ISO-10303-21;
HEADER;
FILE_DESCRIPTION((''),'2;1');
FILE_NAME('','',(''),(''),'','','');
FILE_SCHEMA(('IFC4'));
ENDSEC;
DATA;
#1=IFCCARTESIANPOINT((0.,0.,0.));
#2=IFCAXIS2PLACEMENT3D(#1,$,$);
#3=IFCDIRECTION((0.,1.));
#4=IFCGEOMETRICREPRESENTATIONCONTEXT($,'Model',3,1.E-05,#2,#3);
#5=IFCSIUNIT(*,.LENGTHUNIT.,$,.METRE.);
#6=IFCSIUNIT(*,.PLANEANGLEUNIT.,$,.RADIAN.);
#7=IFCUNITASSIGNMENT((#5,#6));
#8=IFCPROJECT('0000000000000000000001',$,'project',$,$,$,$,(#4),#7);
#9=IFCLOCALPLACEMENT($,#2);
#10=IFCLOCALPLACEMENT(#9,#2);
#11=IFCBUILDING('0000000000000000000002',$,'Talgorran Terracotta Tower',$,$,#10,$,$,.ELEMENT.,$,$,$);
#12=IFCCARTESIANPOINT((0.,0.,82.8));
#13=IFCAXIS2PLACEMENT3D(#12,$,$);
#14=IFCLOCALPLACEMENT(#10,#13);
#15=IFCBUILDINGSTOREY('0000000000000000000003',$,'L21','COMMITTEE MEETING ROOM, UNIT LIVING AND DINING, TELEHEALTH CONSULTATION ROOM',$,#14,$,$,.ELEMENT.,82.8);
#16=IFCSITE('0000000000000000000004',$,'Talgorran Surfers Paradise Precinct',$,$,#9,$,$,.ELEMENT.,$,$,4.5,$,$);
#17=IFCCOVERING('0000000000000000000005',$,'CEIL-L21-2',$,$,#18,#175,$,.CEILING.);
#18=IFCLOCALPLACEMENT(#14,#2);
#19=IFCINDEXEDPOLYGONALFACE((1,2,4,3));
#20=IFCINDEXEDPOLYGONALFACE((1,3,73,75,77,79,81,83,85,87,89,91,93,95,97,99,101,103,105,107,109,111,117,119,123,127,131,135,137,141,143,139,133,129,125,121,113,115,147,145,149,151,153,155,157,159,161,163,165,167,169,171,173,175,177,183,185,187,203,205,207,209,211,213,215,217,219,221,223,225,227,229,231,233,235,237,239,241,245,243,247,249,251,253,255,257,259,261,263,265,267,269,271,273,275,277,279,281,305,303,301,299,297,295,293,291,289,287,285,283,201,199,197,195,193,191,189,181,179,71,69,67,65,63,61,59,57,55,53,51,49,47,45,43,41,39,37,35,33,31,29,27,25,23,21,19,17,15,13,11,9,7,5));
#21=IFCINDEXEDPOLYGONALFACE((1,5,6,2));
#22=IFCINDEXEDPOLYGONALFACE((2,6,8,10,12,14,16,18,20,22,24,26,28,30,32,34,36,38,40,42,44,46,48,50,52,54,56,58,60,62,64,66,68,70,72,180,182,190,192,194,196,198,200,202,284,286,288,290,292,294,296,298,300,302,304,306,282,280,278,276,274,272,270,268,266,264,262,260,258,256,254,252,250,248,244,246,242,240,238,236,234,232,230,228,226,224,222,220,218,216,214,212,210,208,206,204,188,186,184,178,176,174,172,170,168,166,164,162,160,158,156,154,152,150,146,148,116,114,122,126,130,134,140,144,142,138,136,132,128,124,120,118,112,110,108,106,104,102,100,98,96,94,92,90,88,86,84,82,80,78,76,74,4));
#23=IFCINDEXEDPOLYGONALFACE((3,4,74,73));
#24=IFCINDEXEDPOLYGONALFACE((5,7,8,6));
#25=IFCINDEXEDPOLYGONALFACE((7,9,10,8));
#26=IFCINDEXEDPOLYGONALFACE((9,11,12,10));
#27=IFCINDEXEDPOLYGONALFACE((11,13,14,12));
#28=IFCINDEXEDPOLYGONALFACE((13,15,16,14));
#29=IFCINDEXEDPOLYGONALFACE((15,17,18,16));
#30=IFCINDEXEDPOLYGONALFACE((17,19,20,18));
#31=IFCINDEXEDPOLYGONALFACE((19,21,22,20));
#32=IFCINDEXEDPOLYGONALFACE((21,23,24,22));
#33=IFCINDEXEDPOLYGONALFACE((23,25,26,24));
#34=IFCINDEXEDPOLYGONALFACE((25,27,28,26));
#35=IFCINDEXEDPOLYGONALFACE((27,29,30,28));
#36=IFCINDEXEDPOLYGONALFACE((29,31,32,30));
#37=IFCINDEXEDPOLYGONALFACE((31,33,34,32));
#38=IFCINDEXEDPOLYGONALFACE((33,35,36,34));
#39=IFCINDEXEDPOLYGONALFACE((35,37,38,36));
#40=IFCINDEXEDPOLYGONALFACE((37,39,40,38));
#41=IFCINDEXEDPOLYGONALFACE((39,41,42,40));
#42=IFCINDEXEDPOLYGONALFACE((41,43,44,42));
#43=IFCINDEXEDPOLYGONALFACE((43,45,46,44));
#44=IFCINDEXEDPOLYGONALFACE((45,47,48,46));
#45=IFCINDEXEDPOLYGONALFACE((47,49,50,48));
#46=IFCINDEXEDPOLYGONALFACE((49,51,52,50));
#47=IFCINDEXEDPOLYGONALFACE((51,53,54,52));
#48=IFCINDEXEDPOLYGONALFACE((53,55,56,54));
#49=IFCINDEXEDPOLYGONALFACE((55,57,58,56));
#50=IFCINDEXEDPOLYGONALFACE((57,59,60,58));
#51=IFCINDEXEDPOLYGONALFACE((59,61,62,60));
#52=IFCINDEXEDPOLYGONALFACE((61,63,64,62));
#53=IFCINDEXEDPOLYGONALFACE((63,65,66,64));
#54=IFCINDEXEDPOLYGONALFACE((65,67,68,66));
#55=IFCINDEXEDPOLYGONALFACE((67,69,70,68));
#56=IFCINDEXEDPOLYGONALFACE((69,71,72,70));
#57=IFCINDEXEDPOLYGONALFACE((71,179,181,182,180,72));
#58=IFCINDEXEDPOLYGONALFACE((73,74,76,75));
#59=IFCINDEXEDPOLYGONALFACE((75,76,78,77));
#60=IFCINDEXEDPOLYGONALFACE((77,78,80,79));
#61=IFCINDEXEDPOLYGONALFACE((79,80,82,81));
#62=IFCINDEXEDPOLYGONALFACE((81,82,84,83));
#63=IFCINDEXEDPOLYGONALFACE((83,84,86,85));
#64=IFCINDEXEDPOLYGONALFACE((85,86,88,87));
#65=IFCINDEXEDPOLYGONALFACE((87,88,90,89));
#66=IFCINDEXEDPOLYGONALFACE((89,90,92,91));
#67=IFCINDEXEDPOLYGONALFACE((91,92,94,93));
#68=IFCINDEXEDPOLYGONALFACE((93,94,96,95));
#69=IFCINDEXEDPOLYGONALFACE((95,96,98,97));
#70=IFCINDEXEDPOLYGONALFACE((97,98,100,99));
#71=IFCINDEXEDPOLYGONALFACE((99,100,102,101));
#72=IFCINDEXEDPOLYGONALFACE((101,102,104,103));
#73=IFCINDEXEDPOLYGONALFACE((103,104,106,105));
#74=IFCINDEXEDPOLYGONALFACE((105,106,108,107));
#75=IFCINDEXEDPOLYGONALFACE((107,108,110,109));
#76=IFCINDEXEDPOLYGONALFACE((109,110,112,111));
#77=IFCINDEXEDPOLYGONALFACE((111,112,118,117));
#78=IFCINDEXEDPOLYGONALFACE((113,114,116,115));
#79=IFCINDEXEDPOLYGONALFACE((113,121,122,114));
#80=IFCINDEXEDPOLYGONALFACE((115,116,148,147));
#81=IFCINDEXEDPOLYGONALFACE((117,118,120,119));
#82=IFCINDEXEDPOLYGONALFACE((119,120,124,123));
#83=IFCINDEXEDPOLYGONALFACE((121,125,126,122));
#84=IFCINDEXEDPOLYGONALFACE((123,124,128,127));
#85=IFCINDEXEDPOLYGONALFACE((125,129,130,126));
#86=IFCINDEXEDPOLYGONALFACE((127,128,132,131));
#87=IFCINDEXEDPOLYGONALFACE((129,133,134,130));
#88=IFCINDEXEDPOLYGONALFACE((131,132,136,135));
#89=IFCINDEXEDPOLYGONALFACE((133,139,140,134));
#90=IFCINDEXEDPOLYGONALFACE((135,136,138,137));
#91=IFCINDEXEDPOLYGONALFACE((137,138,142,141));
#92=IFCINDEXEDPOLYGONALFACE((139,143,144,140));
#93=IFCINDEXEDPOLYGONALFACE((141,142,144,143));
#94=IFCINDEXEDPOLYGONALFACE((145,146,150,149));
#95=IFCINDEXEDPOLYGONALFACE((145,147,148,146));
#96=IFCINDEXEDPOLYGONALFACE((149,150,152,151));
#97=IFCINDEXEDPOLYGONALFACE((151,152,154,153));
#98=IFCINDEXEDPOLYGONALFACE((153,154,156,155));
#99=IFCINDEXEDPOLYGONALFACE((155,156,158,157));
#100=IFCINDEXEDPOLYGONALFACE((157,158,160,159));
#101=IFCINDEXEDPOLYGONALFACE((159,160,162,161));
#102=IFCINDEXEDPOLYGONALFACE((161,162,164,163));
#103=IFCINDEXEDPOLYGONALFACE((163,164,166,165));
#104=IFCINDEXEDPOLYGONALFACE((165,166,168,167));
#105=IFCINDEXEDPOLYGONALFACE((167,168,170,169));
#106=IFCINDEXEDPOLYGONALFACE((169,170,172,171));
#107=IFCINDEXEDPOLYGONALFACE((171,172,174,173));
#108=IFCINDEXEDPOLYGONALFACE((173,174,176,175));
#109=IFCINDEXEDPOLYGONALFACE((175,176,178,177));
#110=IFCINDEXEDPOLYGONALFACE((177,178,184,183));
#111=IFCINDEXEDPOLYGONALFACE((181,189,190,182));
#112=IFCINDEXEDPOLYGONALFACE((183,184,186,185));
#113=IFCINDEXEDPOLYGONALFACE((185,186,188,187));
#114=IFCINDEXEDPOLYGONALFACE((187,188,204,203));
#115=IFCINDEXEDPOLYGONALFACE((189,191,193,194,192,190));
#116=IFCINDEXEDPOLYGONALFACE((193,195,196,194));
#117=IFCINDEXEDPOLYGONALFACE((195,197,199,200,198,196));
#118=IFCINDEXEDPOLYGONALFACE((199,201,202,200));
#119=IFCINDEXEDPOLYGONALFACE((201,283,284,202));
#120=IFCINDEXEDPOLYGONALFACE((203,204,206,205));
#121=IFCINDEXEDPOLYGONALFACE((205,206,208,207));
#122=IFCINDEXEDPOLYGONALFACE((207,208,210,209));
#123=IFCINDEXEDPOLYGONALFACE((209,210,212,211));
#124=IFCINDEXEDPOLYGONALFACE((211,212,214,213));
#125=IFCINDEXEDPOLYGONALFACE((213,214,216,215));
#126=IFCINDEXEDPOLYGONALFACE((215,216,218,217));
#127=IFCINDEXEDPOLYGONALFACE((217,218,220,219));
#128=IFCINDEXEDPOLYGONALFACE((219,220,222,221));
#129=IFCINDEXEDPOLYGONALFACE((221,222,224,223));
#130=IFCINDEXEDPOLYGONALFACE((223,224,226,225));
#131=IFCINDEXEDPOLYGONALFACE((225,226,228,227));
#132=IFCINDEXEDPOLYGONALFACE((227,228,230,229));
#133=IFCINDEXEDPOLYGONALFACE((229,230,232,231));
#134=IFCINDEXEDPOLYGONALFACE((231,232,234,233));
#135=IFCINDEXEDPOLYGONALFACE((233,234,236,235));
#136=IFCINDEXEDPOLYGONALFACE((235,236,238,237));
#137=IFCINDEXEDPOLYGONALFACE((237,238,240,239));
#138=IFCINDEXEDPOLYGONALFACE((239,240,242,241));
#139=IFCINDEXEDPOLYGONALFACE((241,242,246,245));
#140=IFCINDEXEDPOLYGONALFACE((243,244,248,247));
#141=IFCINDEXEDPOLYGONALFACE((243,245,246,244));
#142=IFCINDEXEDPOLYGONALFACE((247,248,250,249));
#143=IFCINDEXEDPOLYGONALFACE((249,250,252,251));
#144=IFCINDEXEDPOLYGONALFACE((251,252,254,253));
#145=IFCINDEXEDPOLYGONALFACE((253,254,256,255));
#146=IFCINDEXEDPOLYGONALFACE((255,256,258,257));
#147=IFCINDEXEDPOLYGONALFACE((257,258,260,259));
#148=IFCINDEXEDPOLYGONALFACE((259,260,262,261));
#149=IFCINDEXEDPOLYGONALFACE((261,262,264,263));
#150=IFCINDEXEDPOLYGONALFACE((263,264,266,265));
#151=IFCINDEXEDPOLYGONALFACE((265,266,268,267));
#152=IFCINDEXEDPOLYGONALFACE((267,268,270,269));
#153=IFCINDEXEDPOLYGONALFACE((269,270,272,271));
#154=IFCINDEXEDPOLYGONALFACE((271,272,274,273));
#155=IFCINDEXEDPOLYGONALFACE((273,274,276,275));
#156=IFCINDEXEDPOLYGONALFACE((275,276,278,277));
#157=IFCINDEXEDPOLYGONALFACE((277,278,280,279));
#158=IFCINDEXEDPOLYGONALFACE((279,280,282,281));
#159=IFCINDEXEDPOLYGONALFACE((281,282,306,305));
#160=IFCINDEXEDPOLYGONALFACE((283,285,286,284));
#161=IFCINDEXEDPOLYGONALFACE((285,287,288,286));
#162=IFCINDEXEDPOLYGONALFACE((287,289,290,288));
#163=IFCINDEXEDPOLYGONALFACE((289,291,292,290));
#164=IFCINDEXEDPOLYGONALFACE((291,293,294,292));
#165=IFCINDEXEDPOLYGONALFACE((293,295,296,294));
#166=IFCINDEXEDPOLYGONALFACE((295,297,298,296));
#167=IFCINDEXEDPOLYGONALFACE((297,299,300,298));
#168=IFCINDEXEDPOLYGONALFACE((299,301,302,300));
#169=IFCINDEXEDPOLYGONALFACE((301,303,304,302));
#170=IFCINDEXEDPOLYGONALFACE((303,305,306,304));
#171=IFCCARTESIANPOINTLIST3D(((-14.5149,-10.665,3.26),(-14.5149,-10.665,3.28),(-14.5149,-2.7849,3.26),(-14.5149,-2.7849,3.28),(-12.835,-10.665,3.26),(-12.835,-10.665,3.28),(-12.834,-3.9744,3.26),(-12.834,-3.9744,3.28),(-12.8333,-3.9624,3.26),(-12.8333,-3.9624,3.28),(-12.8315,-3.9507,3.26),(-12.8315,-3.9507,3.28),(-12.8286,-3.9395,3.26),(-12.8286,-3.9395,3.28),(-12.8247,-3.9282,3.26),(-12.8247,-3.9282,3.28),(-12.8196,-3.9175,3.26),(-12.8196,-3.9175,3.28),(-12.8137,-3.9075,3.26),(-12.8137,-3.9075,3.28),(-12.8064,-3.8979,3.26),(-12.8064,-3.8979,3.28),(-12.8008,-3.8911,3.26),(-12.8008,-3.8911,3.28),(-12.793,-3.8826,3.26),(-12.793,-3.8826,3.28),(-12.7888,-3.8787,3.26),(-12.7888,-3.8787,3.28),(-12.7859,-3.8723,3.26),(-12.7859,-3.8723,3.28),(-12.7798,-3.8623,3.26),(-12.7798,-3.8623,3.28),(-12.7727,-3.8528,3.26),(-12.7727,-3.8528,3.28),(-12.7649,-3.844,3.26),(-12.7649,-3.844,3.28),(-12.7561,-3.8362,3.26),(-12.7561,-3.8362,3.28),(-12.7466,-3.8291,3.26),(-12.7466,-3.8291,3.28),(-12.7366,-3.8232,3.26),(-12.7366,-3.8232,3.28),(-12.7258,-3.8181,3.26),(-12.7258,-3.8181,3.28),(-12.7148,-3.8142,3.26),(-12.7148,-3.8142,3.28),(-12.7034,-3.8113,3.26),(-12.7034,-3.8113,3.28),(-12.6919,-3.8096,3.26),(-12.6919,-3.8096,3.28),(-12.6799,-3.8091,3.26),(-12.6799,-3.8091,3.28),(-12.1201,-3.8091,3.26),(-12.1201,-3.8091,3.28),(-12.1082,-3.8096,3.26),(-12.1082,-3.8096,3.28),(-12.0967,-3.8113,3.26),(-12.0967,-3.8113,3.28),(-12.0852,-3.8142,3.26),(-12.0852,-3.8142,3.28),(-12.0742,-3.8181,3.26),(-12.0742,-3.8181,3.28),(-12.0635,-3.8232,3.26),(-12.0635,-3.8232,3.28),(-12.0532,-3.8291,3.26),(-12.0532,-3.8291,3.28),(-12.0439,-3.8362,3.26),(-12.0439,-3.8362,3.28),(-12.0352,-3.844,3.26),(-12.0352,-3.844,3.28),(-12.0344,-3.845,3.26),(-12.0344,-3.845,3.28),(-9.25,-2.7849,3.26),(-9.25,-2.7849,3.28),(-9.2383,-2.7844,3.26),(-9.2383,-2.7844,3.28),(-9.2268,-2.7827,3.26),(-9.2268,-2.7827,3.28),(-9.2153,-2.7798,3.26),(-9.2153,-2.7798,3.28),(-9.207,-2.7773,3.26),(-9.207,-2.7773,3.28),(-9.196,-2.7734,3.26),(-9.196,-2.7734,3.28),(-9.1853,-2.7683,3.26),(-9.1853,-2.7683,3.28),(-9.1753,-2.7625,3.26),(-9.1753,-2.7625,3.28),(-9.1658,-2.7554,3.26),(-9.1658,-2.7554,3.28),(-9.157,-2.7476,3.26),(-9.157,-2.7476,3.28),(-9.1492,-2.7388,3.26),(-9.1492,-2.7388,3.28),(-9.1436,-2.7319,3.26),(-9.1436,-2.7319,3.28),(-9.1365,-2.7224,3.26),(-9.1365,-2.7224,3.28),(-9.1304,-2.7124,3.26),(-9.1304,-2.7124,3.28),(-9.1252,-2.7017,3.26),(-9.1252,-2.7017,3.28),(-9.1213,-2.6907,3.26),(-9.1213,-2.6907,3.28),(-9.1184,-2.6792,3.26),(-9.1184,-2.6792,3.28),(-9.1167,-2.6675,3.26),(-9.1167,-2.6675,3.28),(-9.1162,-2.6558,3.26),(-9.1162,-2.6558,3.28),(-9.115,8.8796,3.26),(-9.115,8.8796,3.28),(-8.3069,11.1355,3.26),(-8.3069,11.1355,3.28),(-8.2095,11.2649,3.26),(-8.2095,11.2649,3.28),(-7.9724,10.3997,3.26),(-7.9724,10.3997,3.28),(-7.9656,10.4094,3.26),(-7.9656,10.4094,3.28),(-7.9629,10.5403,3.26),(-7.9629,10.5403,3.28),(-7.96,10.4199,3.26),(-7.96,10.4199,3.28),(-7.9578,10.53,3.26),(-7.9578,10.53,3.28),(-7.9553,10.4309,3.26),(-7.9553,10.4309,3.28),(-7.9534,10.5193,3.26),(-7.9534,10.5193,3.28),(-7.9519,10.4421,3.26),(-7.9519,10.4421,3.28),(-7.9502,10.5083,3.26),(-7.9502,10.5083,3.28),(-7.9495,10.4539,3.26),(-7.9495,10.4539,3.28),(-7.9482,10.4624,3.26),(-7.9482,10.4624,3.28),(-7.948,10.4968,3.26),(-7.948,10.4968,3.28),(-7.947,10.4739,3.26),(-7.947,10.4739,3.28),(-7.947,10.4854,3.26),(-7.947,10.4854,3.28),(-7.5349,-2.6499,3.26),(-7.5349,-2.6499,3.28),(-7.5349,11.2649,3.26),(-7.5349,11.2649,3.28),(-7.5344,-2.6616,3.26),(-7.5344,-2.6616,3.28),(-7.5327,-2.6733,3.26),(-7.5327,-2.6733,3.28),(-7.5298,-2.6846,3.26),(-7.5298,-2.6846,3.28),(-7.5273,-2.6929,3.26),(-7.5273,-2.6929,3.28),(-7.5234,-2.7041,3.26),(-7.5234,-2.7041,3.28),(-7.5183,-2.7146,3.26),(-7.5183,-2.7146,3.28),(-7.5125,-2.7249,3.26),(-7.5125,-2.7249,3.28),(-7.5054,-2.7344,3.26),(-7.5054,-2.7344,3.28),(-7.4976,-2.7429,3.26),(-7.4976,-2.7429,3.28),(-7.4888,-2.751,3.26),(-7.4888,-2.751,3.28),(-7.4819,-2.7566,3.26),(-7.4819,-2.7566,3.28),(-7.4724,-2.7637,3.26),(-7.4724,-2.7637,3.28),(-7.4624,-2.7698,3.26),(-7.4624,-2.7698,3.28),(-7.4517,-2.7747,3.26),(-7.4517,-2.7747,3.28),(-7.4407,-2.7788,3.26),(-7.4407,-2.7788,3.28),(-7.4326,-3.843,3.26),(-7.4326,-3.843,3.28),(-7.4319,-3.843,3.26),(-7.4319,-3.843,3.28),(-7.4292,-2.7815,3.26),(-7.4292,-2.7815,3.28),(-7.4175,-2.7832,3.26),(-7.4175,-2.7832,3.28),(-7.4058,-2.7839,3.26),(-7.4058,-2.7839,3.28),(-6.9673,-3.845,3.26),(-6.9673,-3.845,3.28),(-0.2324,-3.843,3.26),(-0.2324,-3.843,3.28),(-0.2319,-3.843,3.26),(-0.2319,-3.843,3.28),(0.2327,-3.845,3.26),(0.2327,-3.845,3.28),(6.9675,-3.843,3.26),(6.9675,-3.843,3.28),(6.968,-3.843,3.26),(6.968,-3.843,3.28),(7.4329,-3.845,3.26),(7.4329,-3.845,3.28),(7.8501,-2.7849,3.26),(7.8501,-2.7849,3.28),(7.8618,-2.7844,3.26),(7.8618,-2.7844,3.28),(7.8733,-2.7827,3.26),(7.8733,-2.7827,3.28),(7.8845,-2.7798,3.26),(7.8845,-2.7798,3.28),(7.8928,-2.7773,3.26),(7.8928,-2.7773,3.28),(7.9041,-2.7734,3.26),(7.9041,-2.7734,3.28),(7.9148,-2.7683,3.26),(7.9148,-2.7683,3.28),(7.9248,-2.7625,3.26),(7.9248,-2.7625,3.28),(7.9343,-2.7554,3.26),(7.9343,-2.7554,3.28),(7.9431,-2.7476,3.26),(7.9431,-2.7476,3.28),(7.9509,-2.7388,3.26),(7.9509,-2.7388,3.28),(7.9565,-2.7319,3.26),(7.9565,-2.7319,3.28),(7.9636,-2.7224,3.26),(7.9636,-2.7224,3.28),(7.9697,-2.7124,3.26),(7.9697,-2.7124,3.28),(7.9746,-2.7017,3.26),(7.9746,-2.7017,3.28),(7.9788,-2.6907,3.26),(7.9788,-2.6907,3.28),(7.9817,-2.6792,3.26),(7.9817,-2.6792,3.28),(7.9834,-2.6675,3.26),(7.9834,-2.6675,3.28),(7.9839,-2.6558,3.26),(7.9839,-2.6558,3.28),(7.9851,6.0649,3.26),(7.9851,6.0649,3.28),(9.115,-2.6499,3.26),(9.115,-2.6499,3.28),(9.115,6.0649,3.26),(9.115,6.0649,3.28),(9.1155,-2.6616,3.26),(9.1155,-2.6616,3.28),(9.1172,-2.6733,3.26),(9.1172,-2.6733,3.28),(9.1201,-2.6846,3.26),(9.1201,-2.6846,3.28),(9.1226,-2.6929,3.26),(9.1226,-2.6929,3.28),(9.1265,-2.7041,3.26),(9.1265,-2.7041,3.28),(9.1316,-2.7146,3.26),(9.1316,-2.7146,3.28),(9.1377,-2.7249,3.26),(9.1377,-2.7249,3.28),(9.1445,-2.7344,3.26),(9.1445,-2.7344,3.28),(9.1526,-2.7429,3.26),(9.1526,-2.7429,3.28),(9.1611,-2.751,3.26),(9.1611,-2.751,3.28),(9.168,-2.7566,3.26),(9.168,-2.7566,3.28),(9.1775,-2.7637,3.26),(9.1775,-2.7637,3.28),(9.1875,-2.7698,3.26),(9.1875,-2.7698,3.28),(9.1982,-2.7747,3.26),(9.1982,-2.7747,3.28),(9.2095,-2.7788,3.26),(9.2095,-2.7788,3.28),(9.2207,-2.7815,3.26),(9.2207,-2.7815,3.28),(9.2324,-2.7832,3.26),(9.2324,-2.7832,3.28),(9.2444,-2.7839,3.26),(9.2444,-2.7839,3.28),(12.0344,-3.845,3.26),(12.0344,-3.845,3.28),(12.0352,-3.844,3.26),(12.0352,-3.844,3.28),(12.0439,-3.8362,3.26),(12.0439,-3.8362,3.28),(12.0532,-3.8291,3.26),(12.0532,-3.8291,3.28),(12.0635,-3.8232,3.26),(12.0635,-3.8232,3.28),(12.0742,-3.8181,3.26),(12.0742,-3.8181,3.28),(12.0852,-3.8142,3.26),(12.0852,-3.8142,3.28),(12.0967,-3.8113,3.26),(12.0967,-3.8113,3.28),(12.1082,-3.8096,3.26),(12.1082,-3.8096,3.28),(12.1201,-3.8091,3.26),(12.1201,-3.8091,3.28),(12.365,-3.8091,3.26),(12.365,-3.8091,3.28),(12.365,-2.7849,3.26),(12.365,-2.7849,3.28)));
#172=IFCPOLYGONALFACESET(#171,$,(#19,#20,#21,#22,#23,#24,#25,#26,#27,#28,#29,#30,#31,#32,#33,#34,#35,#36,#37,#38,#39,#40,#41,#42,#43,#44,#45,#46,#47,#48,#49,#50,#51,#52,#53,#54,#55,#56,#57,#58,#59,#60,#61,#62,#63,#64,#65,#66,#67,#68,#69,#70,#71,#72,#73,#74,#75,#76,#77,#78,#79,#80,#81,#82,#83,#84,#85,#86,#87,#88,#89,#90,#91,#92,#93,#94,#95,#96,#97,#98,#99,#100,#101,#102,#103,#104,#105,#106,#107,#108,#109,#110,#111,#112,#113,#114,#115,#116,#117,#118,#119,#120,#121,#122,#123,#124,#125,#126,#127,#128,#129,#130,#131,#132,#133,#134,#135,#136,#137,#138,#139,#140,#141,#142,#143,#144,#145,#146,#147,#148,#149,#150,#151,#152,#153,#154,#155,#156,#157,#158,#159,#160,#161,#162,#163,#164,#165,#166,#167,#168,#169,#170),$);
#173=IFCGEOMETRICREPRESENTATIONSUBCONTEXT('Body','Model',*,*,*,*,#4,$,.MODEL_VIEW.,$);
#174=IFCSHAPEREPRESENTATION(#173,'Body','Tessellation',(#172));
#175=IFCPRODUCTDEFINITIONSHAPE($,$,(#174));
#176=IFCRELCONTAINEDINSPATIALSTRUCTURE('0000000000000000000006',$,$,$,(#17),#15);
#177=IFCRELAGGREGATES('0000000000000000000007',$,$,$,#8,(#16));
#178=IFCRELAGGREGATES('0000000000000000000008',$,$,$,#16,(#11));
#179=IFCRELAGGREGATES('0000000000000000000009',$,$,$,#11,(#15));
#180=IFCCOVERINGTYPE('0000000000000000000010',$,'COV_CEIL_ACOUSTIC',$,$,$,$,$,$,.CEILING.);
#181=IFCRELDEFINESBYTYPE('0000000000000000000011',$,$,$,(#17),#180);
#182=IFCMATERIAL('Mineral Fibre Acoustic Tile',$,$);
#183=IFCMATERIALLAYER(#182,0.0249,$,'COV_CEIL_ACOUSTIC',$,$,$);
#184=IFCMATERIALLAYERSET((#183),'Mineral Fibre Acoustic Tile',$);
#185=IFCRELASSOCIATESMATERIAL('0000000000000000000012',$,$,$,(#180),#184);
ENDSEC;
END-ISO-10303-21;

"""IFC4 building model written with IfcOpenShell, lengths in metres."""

from ifc_helpers import new_model, si_unit, direction, frame, origin, place, context, subcontext, project, spatial, polyline, outline, extrude, material, layer, layer_set, type_object, element, save


model = new_model("IFC4")

# Units and contexts
model_context = context("Model", 3, precision=1e-05, world=origin(), true_north=direction((0.0, 1.0)))
body_context = subcontext(model_context, "Body", "Model", "MODEL_VIEW")
ifc_project = project(units=[si_unit("LENGTHUNIT", "METRE"), si_unit("PLANEANGLEUNIT", "RADIAN")], contexts=[model_context])

# Site, building, storey
site_placement = place(None, origin())
site = spatial("IfcSite", under=ifc_project, at=site_placement, Name="Talgorran Surfers Paradise Precinct", CompositionType="ELEMENT", RefElevation=4.5)
building_placement = place(site_placement, origin())
building = spatial("IfcBuilding", under=site, at=building_placement, Name="Talgorran Terracotta Tower", CompositionType="ELEMENT")
storey_placement = place(building_placement, frame((0.0, 0.0, 82.8)))
storey = spatial("IfcBuildingStorey", under=building, at=storey_placement, Name="L21", Description="COMMITTEE MEETING ROOM, UNIT LIVING AND DINING, TELEHEALTH CONSULTATION ROOM", CompositionType="ELEMENT", Elevation=82.8)

# Covering
ifc_material_1 = material(Name="Mineral Fibre Acoustic Tile")
ifc_layer_1 = layer(ifc_material_1, 0.0249, Name="COV_CEIL_ACOUSTIC")
ifc_layer_set_1 = layer_set([ifc_layer_1], Name="Mineral Fibre Acoustic Tile")
covering_type_1 = type_object("IfcCoveringType", Name="COV_CEIL_ACOUSTIC", PredefinedType="CEILING", material=ifc_layer_set_1)
covering_1_placement = place(storey_placement, frame((0.0, 0.0, 3.26)))
element("IfcCovering", 1, at=covering_1_placement, inside=storey, type_object=covering_type_1, Name="CEIL-L21-2", PredefinedType="CEILING", context=body_context, shape_type="SweptSolid", body=[
    extrude(outline(polyline([(-12.7888, -3.8787), (-12.793, -3.8826), (-12.8008, -3.8911), (-12.8064, -3.8979), (-12.8137, -3.9075), (-12.8196, -3.9175), (-12.8247, -3.9282), (-12.8286, -3.9395), (-12.8315, -3.9507), (-12.8333, -3.9624), (-12.834, -3.9744), (-12.835, -10.665), (-14.5149, -10.665), (-14.5149, -2.7849), (-9.25, -2.7849), (-9.2383, -2.7844), (-9.2268, -2.7827), (-9.2153, -2.7798), (-9.207, -2.7773), (-9.196, -2.7734), (-9.1853, -2.7683), (-9.1753, -2.7625), (-9.1658, -2.7554), (-9.157, -2.7476), (-9.1492, -2.7388), (-9.1436, -2.7319), (-9.1365, -2.7224), (-9.1304, -2.7124), (-9.1252, -2.7017), (-9.1213, -2.6907), (-9.1184, -2.6792), (-9.1167, -2.6675), (-9.1162, -2.6558), (-9.115, 8.8796), (-7.9724, 10.3997), (-7.9656, 10.4094), (-7.96, 10.4199), (-7.9553, 10.4309), (-7.9519, 10.4421), (-7.9495, 10.4539), (-7.9482, 10.4624), (-7.947, 10.4739), (-7.947, 10.4854), (-7.948, 10.4968), (-7.9502, 10.5083), (-7.9534, 10.5193), (-7.9578, 10.53), (-7.9629, 10.5403), (-8.3069, 11.1355), (-8.2095, 11.2649), (-7.5349, 11.2649), (-7.5349, -2.6499), (-7.5344, -2.6616), (-7.5327, -2.6733), (-7.5298, -2.6846), (-7.5273, -2.6929), (-7.5234, -2.7041), (-7.5183, -2.7146), (-7.5125, -2.7249), (-7.5054, -2.7344), (-7.4976, -2.7429), (-7.4888, -2.751), (-7.4819, -2.7566), (-7.4724, -2.7637), (-7.4624, -2.7698), (-7.4517, -2.7747), (-7.4407, -2.7788), (-7.4292, -2.7815), (-7.4175, -2.7832), (-7.4058, -2.7839), (7.8501, -2.7849), (7.8618, -2.7844), (7.8733, -2.7827), (7.8845, -2.7798), (7.8928, -2.7773), (7.9041, -2.7734), (7.9148, -2.7683), (7.9248, -2.7625), (7.9343, -2.7554), (7.9431, -2.7476), (7.9509, -2.7388), (7.9565, -2.7319), (7.9636, -2.7224), (7.9697, -2.7124), (7.9746, -2.7017), (7.9788, -2.6907), (7.9817, -2.6792), (7.9834, -2.6675), (7.9839, -2.6558), (7.9851, 6.0649), (9.115, 6.0649), (9.115, -2.6499), (9.1155, -2.6616), (9.1172, -2.6733), (9.1201, -2.6846), (9.1226, -2.6929), (9.1265, -2.7041), (9.1316, -2.7146), (9.1377, -2.7249), (9.1445, -2.7344), (9.1526, -2.7429), (9.1611, -2.751), (9.168, -2.7566), (9.1775, -2.7637), (9.1875, -2.7698), (9.1982, -2.7747), (9.2095, -2.7788), (9.2207, -2.7815), (9.2324, -2.7832), (9.2444, -2.7839), (12.365, -2.7849), (12.365, -3.8091), (12.1201, -3.8091), (12.1082, -3.8096), (12.0967, -3.8113), (12.0852, -3.8142), (12.0742, -3.8181), (12.0635, -3.8232), (12.0532, -3.8291), (12.0439, -3.8362), (12.0352, -3.844), (12.0344, -3.845), (7.4329, -3.845), (6.968, -3.843), (6.9675, -3.843), (0.2327, -3.845), (-0.2319, -3.843), (-0.2324, -3.843), (-6.9673, -3.845), (-7.4319, -3.843), (-7.4326, -3.843), (-12.0344, -3.845), (-12.0352, -3.844), (-12.0439, -3.8362), (-12.0532, -3.8291), (-12.0635, -3.8232), (-12.0742, -3.8181), (-12.0852, -3.8142), (-12.0967, -3.8113), (-12.1082, -3.8096), (-12.1201, -3.8091), (-12.6799, -3.8091), (-12.6919, -3.8096), (-12.7034, -3.8113), (-12.7148, -3.8142), (-12.7258, -3.8181), (-12.7366, -3.8232), (-12.7466, -3.8291), (-12.7561, -3.8362), (-12.7649, -3.844), (-12.7727, -3.8528), (-12.7798, -3.8623), (-12.7859, -3.8723), (-12.7888, -3.8787)])), origin(), (0.0, 0.0, 1.0), 0.02),
])

save(model, "model.ifc")
